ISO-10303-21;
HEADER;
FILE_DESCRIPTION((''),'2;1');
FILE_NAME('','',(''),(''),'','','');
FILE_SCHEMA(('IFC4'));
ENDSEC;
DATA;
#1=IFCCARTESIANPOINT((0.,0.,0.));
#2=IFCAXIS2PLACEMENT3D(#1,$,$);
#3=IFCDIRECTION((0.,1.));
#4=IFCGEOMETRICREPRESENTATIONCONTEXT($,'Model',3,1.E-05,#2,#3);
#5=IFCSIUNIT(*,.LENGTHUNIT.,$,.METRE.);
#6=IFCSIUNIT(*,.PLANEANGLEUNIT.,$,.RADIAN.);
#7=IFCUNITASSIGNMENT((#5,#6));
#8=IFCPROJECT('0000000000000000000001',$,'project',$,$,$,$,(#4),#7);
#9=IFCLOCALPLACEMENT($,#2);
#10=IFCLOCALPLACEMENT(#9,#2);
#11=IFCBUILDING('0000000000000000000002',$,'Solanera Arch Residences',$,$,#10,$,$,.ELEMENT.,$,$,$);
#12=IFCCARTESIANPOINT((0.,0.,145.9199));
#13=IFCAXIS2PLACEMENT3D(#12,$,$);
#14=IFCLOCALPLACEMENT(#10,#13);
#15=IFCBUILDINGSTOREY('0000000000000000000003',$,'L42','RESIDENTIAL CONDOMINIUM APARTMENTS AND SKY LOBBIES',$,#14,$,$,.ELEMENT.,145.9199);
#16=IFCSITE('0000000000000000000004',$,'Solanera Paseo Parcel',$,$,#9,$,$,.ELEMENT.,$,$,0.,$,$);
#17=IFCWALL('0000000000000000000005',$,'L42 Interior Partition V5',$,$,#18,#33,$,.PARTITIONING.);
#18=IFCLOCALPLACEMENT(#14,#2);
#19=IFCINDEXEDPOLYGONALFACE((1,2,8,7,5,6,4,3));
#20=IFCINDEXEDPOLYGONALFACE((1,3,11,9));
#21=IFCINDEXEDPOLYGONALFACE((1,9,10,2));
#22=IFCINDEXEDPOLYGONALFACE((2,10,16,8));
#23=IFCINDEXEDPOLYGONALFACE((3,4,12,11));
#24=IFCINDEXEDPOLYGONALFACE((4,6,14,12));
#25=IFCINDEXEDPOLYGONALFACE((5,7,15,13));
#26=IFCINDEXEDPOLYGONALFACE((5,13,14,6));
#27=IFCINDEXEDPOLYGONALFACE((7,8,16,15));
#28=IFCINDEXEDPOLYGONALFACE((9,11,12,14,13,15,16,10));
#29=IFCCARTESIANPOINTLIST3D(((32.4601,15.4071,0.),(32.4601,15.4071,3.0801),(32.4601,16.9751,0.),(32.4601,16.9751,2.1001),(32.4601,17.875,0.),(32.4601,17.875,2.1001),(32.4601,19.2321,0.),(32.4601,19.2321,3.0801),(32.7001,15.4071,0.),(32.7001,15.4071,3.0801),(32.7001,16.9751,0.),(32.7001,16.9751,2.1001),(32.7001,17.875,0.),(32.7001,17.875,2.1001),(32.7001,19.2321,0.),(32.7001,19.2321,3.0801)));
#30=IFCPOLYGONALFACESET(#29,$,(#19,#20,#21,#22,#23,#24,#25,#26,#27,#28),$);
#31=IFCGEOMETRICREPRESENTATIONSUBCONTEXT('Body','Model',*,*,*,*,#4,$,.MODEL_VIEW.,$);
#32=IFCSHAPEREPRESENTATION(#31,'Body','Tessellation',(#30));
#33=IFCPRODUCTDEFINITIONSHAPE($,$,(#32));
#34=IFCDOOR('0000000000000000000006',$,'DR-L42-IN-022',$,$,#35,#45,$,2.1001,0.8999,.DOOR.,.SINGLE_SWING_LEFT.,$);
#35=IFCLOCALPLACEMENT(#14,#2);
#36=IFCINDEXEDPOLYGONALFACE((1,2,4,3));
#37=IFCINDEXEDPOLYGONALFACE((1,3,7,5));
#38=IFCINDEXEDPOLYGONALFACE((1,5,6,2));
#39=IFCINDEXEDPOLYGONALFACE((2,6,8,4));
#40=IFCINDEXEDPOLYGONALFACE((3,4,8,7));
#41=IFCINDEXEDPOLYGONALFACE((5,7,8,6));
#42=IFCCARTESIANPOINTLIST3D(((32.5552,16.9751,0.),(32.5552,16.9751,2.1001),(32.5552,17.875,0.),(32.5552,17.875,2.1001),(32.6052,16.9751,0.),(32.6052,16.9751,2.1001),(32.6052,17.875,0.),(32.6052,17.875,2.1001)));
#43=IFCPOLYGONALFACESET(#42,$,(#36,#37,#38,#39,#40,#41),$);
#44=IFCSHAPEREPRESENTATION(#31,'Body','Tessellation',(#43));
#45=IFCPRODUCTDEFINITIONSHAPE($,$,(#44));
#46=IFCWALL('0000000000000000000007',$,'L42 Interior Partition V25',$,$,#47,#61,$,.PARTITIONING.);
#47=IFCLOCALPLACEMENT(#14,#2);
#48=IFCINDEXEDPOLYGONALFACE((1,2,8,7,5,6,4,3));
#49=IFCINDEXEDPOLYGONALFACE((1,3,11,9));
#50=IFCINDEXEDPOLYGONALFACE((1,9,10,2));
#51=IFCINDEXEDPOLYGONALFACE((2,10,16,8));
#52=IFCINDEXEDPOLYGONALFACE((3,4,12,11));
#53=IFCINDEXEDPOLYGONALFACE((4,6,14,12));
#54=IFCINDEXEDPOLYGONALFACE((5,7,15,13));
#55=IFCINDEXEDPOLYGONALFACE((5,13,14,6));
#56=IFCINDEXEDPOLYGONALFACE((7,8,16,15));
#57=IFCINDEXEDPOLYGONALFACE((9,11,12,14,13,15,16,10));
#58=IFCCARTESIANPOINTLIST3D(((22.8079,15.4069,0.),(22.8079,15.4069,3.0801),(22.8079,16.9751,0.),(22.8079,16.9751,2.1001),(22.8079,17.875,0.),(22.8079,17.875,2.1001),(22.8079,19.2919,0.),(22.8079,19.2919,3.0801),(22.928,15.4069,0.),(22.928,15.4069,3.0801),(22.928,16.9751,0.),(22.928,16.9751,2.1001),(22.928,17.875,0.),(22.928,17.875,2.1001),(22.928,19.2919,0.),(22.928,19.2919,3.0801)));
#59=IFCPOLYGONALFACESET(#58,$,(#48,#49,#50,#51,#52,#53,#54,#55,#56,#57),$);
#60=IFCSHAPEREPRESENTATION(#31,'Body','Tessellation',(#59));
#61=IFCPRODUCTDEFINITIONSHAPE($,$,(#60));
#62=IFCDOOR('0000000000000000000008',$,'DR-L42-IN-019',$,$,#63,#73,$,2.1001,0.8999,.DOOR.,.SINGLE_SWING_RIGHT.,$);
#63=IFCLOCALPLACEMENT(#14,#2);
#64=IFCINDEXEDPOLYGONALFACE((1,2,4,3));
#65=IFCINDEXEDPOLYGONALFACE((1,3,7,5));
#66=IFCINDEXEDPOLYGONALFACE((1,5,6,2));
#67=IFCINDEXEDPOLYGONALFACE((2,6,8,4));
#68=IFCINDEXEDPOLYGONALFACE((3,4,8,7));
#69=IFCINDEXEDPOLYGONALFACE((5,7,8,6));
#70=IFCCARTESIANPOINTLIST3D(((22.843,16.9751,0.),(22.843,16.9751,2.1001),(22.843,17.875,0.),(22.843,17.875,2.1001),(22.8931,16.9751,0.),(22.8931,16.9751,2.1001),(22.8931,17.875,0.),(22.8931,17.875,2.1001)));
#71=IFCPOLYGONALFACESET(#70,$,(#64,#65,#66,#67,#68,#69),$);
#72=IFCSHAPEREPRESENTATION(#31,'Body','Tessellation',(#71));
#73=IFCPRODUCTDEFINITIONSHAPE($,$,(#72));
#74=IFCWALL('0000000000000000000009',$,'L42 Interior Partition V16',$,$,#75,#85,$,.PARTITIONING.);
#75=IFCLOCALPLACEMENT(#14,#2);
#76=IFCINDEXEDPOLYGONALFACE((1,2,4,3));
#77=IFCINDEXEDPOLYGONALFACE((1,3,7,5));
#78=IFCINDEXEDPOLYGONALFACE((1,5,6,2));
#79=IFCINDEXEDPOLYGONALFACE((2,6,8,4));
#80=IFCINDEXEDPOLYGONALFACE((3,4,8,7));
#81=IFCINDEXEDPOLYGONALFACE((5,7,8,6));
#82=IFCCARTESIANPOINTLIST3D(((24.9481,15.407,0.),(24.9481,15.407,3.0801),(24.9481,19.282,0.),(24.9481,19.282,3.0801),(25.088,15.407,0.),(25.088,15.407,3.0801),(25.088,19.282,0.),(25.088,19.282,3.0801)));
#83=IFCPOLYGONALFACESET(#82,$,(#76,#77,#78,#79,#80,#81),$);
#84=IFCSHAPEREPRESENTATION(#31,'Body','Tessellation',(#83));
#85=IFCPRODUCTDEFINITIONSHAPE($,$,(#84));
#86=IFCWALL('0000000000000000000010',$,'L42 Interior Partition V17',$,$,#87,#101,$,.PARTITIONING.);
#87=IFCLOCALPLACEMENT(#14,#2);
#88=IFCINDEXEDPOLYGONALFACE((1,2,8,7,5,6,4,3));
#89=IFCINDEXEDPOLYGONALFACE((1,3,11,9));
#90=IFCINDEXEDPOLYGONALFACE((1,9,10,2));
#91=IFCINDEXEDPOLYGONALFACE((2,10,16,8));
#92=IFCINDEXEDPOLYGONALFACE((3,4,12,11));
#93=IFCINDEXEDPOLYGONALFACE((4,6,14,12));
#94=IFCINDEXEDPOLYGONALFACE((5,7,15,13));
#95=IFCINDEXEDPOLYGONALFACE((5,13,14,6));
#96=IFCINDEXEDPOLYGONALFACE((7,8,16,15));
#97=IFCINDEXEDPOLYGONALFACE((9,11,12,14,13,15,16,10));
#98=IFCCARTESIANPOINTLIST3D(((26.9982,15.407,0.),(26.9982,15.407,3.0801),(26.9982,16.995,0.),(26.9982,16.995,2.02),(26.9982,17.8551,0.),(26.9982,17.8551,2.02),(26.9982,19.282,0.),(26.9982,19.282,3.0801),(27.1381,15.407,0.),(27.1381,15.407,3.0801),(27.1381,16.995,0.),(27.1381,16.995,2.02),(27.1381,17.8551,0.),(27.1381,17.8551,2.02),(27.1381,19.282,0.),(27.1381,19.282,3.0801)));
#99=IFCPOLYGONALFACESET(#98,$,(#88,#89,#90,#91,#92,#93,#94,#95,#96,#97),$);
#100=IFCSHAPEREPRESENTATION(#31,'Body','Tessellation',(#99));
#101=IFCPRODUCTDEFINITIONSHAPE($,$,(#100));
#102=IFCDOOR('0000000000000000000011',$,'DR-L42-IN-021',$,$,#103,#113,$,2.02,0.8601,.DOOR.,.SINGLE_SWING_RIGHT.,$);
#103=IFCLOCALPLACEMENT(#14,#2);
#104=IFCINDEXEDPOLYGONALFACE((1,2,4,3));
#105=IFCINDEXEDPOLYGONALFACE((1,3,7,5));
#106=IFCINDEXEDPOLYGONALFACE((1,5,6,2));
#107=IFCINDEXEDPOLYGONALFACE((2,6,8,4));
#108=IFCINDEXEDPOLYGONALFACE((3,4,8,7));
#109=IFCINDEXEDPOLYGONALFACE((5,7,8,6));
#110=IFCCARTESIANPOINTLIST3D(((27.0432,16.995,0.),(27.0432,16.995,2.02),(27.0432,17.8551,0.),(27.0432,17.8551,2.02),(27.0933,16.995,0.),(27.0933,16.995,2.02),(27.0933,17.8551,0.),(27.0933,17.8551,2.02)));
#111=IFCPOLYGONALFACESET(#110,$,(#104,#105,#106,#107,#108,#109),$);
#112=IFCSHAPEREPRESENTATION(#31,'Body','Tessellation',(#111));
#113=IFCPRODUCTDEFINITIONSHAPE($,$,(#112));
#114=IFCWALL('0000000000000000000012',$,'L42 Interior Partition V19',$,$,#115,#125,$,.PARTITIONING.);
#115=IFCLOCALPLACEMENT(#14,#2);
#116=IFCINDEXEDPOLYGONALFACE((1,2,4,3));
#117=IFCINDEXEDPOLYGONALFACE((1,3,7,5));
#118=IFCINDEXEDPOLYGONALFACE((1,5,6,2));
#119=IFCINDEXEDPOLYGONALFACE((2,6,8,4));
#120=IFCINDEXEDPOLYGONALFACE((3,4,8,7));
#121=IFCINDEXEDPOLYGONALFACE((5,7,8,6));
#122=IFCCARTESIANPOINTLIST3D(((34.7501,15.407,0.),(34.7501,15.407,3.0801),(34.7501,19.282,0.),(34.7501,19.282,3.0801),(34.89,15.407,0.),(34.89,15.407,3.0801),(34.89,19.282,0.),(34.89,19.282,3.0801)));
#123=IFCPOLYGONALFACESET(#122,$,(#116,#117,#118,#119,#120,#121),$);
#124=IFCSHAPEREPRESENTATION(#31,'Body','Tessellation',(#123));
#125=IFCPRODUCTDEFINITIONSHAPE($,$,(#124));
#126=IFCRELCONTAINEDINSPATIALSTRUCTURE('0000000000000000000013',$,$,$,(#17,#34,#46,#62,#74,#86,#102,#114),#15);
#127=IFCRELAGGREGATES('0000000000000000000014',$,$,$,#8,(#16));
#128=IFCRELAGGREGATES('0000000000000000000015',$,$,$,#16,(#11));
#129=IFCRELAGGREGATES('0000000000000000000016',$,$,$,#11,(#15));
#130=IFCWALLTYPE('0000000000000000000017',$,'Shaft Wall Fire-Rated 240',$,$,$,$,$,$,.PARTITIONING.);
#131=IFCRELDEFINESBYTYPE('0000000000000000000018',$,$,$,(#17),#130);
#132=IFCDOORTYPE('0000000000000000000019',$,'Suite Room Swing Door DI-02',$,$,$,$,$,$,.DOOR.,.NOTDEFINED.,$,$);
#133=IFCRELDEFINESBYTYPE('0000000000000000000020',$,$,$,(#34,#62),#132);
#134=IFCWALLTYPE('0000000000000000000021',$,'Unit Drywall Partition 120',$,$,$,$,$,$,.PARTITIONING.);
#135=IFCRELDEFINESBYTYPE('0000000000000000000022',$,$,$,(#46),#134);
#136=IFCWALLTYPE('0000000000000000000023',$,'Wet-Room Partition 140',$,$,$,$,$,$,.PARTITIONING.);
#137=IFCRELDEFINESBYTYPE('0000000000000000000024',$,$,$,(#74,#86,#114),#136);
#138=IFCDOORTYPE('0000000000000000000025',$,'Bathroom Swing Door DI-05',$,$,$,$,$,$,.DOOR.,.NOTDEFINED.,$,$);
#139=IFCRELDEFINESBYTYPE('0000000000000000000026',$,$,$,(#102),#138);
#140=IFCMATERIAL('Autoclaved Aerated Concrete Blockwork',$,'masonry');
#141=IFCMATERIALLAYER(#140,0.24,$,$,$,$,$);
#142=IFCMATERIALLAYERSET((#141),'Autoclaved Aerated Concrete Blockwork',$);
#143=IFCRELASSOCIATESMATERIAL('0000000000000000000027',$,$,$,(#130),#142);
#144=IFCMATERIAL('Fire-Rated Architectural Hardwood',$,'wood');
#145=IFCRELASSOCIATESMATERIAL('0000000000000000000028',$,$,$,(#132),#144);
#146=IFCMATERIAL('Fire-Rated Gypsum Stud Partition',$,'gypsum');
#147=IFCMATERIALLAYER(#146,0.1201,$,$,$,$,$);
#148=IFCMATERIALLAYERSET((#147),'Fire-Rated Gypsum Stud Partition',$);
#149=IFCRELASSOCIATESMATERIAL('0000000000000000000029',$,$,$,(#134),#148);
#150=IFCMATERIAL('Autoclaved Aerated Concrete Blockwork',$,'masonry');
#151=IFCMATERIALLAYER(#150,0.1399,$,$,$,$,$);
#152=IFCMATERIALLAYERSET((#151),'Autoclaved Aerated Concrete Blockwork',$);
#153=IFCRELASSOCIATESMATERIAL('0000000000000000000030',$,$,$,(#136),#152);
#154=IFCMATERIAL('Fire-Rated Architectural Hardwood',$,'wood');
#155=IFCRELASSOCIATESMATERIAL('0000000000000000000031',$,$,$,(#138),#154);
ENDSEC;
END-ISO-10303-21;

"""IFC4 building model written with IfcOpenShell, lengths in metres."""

from ifc_helpers import new_model, si_unit, direction, frame, frame_2d, origin, place, context, subcontext, project, spatial, rectangle, extrude, material, layer, layer_set, type_object, element, fill, save


model = new_model("IFC4")

# Units and contexts
model_context = context("Model", 3, precision=1e-05, world=origin(), true_north=direction((0.0, 1.0)))
body_context = subcontext(model_context, "Body", "Model", "MODEL_VIEW")
ifc_project = project(units=[si_unit("LENGTHUNIT", "METRE"), si_unit("PLANEANGLEUNIT", "RADIAN")], contexts=[model_context])

# Site, building, storey
site_placement = place(None, origin())
site = spatial("IfcSite", under=ifc_project, at=site_placement, Name="Solanera Paseo Parcel", CompositionType="ELEMENT", RefElevation=0.0)
building_placement = place(site_placement, origin())
building = spatial("IfcBuilding", under=site, at=building_placement, Name="Solanera Arch Residences", CompositionType="ELEMENT")
storey_placement = place(building_placement, frame((0.0, 0.0, 145.9199)))
storey = spatial("IfcBuildingStorey", under=building, at=storey_placement, Name="L42", Description="RESIDENTIAL CONDOMINIUM APARTMENTS AND SKY LOBBIES", CompositionType="ELEMENT", Elevation=145.9199)

# Walls, openings, doors
ifc_material_1 = material(Name="Autoclaved Aerated Concrete Blockwork", Category="masonry")
ifc_layer_1 = layer(ifc_material_1, 0.24)
ifc_layer_set_1 = layer_set([ifc_layer_1], Name="Autoclaved Aerated Concrete Blockwork")
wall_type_1 = type_object("IfcWallType", Name="Shaft Wall Fire-Rated 240", PredefinedType="PARTITIONING", material=ifc_layer_set_1)
wall_1_placement = place(storey_placement, frame((32.5801, 15.407, 0.0), z_axis=(0.0, 0.0, 1.0), x_axis=(0.0, 1.0, 0.0)))
wall_1 = element("IfcWall", 1, at=wall_1_placement, inside=storey, type_object=wall_type_1, Name="L42 Interior Partition V5", PredefinedType="PARTITIONING", context=body_context, shape_type="SweptSolid", body=[
    extrude(rectangle(XDim=3.825, YDim=0.24, at=frame_2d((1.9126, 0.0))), origin(), (0.0, 0.0, 1.0), 3.0801),
])
opening_1_placement = place(wall_1_placement, frame((1.5681, 0.0, 0.0)))
opening_1 = element("IfcOpeningElement", 2, at=opening_1_placement, cuts=wall_1, PredefinedType="OPENING", context=body_context, shape_type="SweptSolid", body=[
    extrude(rectangle(XDim=0.8999, YDim=2.1001, at=frame_2d((0.45, 1.05))), frame((0.0, 0.1299, 0.0), z_axis=(0.0, -1.0, 0.0), x_axis=(1.0, 0.0, 0.0)), (0.0, 0.0, 1.0), 0.26),
])
ifc_material_2 = material(Name="Fire-Rated Architectural Hardwood", Category="wood")
door_type_1 = type_object("IfcDoorType", Name="Suite Room Swing Door DI-02", OperationType="NOTDEFINED", PredefinedType="DOOR", material=ifc_material_2)
door_1_placement = place(opening_1_placement, origin())
door_1 = element("IfcDoor", 3, at=door_1_placement, inside=storey, type_object=door_type_1, Name="DR-L42-IN-022", OperationType="SINGLE_SWING_LEFT", OverallHeight=2.1001, OverallWidth=0.8999, PredefinedType="DOOR", context=body_context, shape_type="SweptSolid", body=[
    extrude(rectangle(XDim=0.8999, YDim=2.1001, at=frame_2d((0.45, 1.05))), frame((0.0, 0.0249, 0.0), z_axis=(0.0, -1.0, 0.0), x_axis=(1.0, 0.0, 0.0)), (0.0, 0.0, 1.0), 0.05),
])
fill(opening_1, door_1)
ifc_material_3 = material(Name="Fire-Rated Gypsum Stud Partition", Category="gypsum")
ifc_layer_2 = layer(ifc_material_3, 0.1201)
ifc_layer_set_2 = layer_set([ifc_layer_2], Name="Fire-Rated Gypsum Stud Partition")
wall_type_2 = type_object("IfcWallType", Name="Unit Drywall Partition 120", PredefinedType="PARTITIONING", material=ifc_layer_set_2)
wall_2_placement = place(storey_placement, frame((22.8679, 15.407, 0.0), z_axis=(0.0, 0.0, 1.0), x_axis=(0.0, 1.0, 0.0)))
wall_2 = element("IfcWall", 4, at=wall_2_placement, inside=storey, type_object=wall_type_2, Name="L42 Interior Partition V25", PredefinedType="PARTITIONING", context=body_context, shape_type="SweptSolid", body=[
    extrude(rectangle(XDim=3.885, YDim=0.1201, at=frame_2d((1.9424, 0.0))), origin(), (0.0, 0.0, 1.0), 3.0801),
])
opening_2_placement = place(wall_2_placement, frame((1.5681, 0.0, 0.0)))
opening_2 = element("IfcOpeningElement", 5, at=opening_2_placement, cuts=wall_2, PredefinedType="OPENING", context=body_context, shape_type="SweptSolid", body=[
    extrude(rectangle(XDim=0.8999, YDim=2.1001, at=frame_2d((0.45, 1.05))), frame((0.0, 0.0701, 0.0), z_axis=(0.0, -1.0, 0.0), x_axis=(1.0, 0.0, 0.0)), (0.0, 0.0, 1.0), 0.1401),
])
door_2_placement = place(opening_2_placement, origin())
door_2 = element("IfcDoor", 6, at=door_2_placement, inside=storey, type_object=door_type_1, Name="DR-L42-IN-019", OperationType="SINGLE_SWING_RIGHT", OverallHeight=2.1001, OverallWidth=0.8999, PredefinedType="DOOR", context=body_context, shape_type="SweptSolid", body=[
    extrude(rectangle(XDim=0.8999, YDim=2.1001, at=frame_2d((0.45, 1.05))), frame((0.0, 0.0249, 0.0), z_axis=(0.0, -1.0, 0.0), x_axis=(1.0, 0.0, 0.0)), (0.0, 0.0, 1.0), 0.05),
])
fill(opening_2, door_2)

# Wall
ifc_material_4 = material(Name="Autoclaved Aerated Concrete Blockwork", Category="masonry")
ifc_layer_3 = layer(ifc_material_4, 0.1399)
ifc_layer_set_3 = layer_set([ifc_layer_3], Name="Autoclaved Aerated Concrete Blockwork")
wall_type_3 = type_object("IfcWallType", Name="Wet-Room Partition 140", PredefinedType="PARTITIONING", material=ifc_layer_set_3)
wall_3_placement = place(storey_placement, frame((25.0181, 15.407, 0.0), z_axis=(0.0, 0.0, 1.0), x_axis=(0.0, 1.0, 0.0)))
element("IfcWall", 7, at=wall_3_placement, inside=storey, type_object=wall_type_3, Name="L42 Interior Partition V16", PredefinedType="PARTITIONING", context=body_context, shape_type="SweptSolid", body=[
    extrude(rectangle(XDim=3.875, YDim=0.1399, at=frame_2d((1.9375, 0.0))), origin(), (0.0, 0.0, 1.0), 3.0801),
])

# Wall, opening, door
wall_4_placement = place(storey_placement, frame((27.0681, 15.407, 0.0), z_axis=(0.0, 0.0, 1.0), x_axis=(0.0, 1.0, 0.0)))
wall_4 = element("IfcWall", 8, at=wall_4_placement, inside=storey, type_object=wall_type_3, Name="L42 Interior Partition V17", PredefinedType="PARTITIONING", context=body_context, shape_type="SweptSolid", body=[
    extrude(rectangle(XDim=3.875, YDim=0.1399, at=frame_2d((1.9375, 0.0))), origin(), (0.0, 0.0, 1.0), 3.0801),
])
opening_3_placement = place(wall_4_placement, frame((1.5879, 0.0, 0.0)))
opening_3 = element("IfcOpeningElement", 9, at=opening_3_placement, cuts=wall_4, PredefinedType="OPENING", context=body_context, shape_type="SweptSolid", body=[
    extrude(rectangle(XDim=0.8601, YDim=2.02, at=frame_2d((0.4302, 1.01))), frame((0.0, 0.0798, 0.0), z_axis=(0.0, -1.0, 0.0), x_axis=(1.0, 0.0, 0.0)), (0.0, 0.0, 1.0), 0.1599),
])
ifc_material_5 = material(Name="Fire-Rated Architectural Hardwood", Category="wood")
door_type_2 = type_object("IfcDoorType", Name="Bathroom Swing Door DI-05", OperationType="NOTDEFINED", PredefinedType="DOOR", material=ifc_material_5)
door_3_placement = place(opening_3_placement, origin())
door_3 = element("IfcDoor", 10, at=door_3_placement, inside=storey, type_object=door_type_2, Name="DR-L42-IN-021", OperationType="SINGLE_SWING_RIGHT", OverallHeight=2.02, OverallWidth=0.8601, PredefinedType="DOOR", context=body_context, shape_type="SweptSolid", body=[
    extrude(rectangle(XDim=0.8601, YDim=2.02, at=frame_2d((0.4302, 1.01))), frame((0.0, 0.0249, 0.0), z_axis=(0.0, -1.0, 0.0), x_axis=(1.0, 0.0, 0.0)), (0.0, 0.0, 1.0), 0.05),
])
fill(opening_3, door_3)

# Wall
wall_5_placement = place(storey_placement, frame((34.8201, 15.407, 0.0), z_axis=(0.0, 0.0, 1.0), x_axis=(0.0, 1.0, 0.0)))
element("IfcWall", 11, at=wall_5_placement, inside=storey, type_object=wall_type_3, Name="L42 Interior Partition V19", PredefinedType="PARTITIONING", context=body_context, shape_type="SweptSolid", body=[
    extrude(rectangle(XDim=3.875, YDim=0.1399, at=frame_2d((1.9375, 0.0))), origin(), (0.0, 0.0, 1.0), 3.0801),
])

save(model, "model.ifc")
